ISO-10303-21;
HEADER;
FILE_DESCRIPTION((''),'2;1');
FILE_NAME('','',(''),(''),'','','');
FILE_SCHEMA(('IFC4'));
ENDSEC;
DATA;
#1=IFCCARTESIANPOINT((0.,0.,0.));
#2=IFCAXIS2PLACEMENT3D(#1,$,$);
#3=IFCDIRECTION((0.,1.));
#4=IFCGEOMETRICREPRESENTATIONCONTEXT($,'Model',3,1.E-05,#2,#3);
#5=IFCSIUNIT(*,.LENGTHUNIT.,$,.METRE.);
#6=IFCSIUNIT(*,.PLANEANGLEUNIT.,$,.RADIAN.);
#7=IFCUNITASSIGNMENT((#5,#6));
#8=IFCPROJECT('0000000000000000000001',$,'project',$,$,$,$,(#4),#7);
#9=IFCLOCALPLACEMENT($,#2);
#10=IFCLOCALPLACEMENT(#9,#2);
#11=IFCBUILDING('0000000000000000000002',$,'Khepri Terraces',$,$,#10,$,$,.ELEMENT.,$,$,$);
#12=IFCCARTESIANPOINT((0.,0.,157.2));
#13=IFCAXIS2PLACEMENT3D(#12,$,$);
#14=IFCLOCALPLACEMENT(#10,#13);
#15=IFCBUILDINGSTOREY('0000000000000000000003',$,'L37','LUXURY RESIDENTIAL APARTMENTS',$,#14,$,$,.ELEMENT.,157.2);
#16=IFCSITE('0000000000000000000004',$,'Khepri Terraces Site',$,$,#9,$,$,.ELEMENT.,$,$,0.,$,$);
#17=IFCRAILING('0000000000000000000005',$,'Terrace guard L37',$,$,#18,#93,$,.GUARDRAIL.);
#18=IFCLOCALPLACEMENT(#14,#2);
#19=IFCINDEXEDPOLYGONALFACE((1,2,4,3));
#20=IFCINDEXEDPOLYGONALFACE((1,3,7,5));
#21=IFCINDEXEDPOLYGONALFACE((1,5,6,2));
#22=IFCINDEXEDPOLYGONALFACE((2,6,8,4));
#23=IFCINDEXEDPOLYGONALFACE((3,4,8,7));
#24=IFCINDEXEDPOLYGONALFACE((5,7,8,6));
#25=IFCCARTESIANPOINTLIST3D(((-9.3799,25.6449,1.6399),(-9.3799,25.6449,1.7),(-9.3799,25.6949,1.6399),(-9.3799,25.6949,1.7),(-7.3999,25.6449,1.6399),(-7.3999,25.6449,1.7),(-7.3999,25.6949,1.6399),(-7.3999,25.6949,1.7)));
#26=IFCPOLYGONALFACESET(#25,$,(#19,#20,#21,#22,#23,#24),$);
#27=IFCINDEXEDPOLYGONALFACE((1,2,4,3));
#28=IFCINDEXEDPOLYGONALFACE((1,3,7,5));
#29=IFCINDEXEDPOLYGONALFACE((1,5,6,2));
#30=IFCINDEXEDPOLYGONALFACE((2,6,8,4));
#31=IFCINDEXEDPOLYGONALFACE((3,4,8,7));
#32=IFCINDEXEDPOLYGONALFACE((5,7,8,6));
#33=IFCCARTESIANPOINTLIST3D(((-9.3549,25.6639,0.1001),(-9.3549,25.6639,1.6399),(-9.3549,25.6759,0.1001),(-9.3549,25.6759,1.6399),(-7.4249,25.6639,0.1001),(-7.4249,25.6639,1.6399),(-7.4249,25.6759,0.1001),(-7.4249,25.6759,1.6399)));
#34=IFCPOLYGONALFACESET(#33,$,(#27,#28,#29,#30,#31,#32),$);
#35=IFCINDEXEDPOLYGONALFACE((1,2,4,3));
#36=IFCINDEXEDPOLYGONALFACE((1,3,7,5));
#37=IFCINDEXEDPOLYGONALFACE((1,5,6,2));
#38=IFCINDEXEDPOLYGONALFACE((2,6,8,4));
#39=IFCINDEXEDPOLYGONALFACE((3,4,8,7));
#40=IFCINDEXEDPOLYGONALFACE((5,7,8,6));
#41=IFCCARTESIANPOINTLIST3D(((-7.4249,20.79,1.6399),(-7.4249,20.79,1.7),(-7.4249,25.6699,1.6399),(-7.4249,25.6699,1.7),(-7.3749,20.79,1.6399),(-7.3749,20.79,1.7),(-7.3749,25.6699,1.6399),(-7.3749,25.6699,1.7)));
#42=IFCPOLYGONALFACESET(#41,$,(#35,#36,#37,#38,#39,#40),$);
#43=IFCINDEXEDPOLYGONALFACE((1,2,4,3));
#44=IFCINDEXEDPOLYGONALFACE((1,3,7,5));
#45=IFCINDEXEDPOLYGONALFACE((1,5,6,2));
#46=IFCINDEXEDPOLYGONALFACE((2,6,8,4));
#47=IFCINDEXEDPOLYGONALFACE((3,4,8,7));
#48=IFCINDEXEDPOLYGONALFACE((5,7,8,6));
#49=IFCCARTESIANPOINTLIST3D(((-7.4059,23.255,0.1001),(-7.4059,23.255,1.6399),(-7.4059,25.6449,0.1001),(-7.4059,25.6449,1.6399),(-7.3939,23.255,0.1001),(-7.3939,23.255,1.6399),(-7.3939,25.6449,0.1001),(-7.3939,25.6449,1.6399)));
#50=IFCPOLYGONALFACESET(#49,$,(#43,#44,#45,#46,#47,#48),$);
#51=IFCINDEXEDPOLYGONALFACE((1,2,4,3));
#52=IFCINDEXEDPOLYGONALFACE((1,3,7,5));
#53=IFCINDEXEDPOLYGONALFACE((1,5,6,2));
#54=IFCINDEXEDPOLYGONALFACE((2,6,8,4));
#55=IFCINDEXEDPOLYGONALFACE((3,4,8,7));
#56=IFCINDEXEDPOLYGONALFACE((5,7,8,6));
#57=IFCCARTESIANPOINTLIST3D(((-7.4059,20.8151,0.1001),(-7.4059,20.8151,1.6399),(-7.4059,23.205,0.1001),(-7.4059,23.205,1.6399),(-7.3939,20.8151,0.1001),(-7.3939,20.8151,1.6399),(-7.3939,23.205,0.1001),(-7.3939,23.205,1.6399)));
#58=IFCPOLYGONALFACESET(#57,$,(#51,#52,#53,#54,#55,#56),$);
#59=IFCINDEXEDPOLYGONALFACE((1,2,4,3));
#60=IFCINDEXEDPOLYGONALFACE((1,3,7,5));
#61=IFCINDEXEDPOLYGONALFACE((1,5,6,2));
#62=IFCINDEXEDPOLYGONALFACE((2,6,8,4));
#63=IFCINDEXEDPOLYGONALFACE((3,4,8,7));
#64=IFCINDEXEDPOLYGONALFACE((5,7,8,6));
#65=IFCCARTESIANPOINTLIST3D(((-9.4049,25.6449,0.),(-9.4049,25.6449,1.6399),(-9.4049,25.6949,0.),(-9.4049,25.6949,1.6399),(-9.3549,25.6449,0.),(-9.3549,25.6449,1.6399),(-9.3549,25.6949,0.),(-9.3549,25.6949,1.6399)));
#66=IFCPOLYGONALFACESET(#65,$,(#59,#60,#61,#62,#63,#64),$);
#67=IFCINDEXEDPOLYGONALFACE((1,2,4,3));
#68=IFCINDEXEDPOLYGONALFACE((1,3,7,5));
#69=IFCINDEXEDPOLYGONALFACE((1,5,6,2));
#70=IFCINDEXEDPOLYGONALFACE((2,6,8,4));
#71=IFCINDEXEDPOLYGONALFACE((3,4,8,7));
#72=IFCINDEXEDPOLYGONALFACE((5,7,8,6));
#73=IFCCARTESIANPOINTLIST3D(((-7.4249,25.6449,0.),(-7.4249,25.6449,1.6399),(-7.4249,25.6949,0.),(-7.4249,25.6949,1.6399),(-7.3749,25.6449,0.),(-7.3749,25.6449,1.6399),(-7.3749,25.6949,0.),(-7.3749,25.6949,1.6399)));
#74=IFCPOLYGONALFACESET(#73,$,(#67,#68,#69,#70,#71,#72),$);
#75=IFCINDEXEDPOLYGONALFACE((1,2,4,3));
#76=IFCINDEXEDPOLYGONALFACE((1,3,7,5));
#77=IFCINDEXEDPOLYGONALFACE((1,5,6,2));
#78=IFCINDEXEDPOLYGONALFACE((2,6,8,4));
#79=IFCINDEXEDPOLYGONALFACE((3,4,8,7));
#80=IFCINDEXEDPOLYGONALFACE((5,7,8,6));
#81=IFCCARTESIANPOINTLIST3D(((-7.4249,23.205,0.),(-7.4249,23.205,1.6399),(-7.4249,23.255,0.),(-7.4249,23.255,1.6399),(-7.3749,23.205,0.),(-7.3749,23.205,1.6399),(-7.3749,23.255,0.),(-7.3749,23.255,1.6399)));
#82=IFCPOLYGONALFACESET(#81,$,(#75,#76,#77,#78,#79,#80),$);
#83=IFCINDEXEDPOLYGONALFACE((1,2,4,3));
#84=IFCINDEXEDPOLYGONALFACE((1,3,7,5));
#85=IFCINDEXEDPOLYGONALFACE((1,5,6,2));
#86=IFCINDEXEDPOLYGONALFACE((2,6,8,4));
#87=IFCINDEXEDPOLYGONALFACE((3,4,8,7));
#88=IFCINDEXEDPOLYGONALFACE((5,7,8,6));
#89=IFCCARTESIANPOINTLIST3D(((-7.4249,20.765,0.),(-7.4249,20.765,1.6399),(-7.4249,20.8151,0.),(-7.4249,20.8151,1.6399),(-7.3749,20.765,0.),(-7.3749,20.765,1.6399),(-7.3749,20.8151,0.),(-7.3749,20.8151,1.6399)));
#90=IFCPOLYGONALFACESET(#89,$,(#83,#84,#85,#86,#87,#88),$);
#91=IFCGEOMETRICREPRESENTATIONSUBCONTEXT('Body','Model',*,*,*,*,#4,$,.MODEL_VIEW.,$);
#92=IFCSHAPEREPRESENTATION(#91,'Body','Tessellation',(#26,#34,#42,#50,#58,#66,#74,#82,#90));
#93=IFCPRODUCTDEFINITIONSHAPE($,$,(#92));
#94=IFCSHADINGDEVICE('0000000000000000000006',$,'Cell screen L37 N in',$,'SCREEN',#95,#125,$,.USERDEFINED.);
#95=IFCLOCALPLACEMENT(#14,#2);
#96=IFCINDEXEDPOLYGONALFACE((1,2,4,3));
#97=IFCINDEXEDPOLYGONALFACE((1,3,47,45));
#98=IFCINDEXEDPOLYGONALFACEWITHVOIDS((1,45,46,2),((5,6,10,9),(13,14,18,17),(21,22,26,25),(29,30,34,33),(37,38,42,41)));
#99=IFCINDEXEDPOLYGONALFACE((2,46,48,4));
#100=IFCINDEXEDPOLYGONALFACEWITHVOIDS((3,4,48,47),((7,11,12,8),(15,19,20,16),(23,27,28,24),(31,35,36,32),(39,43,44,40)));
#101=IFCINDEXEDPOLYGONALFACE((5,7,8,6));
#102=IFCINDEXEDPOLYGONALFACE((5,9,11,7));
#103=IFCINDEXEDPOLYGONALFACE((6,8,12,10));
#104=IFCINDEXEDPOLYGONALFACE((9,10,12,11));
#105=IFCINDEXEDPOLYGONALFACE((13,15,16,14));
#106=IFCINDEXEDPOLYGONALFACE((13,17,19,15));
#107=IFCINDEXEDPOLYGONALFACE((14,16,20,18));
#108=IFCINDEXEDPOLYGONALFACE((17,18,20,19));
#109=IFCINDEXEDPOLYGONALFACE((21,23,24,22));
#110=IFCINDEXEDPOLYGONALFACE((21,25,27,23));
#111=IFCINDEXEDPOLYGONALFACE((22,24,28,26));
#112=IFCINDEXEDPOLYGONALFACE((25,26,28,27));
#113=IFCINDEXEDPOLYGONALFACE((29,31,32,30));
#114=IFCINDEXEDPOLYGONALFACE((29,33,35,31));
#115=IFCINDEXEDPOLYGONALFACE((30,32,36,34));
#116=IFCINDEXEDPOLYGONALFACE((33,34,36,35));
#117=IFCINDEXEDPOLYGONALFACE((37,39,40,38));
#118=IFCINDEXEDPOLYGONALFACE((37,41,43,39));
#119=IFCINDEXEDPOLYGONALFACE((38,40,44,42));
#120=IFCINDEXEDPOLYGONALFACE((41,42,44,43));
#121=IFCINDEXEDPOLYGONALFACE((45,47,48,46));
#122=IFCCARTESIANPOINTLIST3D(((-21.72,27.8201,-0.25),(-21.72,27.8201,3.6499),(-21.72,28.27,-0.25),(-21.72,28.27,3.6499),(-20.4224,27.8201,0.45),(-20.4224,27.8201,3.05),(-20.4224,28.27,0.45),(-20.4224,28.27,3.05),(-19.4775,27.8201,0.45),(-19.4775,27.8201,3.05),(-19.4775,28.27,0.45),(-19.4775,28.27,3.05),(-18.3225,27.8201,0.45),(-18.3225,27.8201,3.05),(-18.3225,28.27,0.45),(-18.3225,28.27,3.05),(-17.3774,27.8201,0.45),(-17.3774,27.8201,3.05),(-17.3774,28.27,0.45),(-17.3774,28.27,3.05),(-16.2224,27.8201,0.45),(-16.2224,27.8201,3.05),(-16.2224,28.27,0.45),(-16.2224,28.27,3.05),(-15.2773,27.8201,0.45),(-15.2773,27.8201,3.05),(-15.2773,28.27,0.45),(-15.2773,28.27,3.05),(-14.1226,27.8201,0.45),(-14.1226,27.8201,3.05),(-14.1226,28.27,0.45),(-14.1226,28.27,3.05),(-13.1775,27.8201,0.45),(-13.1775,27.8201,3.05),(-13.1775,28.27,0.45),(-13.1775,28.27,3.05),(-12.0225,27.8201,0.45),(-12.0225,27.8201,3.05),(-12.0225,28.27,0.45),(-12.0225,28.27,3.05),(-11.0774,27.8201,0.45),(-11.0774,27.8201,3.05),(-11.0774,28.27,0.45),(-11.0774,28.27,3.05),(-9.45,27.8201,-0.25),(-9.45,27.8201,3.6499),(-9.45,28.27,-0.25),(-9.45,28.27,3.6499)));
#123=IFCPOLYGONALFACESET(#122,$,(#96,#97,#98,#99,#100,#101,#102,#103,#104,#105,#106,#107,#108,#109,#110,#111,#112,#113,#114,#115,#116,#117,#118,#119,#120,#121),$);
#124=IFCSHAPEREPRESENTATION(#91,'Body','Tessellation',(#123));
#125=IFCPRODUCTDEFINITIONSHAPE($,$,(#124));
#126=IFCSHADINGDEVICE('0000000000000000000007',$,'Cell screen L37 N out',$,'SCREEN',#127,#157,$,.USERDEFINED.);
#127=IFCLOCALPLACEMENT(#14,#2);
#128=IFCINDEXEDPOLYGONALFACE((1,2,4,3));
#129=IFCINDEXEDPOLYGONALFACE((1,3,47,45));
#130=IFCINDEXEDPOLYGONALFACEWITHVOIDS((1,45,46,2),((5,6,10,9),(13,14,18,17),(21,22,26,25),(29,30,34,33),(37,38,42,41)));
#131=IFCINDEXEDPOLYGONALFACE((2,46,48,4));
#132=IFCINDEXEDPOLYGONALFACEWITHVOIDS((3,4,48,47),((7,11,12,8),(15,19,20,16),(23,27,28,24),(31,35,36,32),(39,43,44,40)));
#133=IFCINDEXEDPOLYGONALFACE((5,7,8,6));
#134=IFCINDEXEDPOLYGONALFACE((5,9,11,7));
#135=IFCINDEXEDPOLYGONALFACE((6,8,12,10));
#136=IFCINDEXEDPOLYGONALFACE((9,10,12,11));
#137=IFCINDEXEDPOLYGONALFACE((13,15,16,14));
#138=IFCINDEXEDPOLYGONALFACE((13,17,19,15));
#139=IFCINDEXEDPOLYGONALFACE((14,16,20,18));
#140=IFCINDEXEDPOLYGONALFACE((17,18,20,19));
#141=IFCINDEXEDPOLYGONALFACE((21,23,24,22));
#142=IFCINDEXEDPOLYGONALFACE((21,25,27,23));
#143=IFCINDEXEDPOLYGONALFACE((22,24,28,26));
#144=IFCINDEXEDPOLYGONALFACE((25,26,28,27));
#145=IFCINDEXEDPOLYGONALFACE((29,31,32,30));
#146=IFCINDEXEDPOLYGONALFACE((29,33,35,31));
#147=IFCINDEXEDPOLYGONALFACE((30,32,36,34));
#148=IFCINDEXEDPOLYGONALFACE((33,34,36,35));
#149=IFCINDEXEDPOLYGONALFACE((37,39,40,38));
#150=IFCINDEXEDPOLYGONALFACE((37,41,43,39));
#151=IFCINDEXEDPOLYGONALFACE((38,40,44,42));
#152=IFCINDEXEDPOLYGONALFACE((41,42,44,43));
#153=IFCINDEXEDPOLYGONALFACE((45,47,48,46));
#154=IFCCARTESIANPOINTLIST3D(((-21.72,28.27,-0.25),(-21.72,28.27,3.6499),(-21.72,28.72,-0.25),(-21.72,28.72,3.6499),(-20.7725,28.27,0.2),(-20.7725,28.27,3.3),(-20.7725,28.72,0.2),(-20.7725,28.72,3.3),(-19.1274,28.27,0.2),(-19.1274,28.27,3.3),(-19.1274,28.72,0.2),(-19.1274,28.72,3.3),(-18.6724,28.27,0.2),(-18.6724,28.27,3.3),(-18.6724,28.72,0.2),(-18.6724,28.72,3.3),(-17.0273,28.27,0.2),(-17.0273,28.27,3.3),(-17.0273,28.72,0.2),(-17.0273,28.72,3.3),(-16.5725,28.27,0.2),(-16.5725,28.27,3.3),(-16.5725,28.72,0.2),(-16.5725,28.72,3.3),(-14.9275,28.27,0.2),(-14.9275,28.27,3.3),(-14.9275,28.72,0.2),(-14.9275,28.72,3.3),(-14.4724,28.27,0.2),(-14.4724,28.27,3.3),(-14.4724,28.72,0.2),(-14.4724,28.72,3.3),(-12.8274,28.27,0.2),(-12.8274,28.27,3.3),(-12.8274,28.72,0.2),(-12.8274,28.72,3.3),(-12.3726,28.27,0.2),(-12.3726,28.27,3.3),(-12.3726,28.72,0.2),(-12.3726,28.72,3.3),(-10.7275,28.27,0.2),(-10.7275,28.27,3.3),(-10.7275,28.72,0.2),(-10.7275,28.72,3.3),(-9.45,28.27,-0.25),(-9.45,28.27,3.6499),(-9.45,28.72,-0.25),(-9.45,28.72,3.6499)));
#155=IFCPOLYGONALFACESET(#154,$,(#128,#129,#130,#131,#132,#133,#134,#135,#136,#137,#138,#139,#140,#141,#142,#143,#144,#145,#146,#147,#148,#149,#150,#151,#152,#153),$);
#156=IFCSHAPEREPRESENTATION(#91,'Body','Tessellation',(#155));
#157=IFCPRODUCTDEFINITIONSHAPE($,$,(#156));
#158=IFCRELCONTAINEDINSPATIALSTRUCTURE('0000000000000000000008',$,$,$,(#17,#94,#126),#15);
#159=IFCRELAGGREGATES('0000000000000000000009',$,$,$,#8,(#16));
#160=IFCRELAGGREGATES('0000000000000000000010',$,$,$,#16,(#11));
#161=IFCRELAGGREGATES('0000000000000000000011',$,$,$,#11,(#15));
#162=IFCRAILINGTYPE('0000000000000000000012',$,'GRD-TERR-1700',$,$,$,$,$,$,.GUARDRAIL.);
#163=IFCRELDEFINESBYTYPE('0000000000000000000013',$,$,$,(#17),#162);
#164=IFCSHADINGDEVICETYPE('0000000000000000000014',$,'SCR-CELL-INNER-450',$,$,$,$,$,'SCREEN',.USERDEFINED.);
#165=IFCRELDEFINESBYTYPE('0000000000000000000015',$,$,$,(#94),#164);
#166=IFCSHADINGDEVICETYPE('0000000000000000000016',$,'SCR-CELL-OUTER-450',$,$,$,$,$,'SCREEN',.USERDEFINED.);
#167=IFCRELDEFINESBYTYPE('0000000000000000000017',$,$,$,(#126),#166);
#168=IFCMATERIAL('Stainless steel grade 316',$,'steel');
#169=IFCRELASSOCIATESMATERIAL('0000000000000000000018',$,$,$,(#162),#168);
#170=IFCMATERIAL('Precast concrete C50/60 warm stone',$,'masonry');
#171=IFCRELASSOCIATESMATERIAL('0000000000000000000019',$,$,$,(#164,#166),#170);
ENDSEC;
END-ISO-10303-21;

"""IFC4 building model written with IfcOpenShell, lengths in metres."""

from ifc_helpers import new_model, si_unit, direction, frame, origin, origin_2d, place, context, subcontext, project, spatial, polyline, rectangle, outline, extrude, material, type_object, element, save


model = new_model("IFC4")

# Units and contexts
model_context = context("Model", 3, precision=1e-05, world=origin(), true_north=direction((0.0, 1.0)))
body_context = subcontext(model_context, "Body", "Model", "MODEL_VIEW")
ifc_project = project(units=[si_unit("LENGTHUNIT", "METRE"), si_unit("PLANEANGLEUNIT", "RADIAN")], contexts=[model_context])

# Site, building, storey
site_placement = place(None, origin())
site = spatial("IfcSite", under=ifc_project, at=site_placement, Name="Khepri Terraces Site", CompositionType="ELEMENT", RefElevation=0.0)
building_placement = place(site_placement, origin())
building = spatial("IfcBuilding", under=site, at=building_placement, Name="Khepri Terraces", CompositionType="ELEMENT")
storey_placement = place(building_placement, frame((0.0, 0.0, 157.2)))
storey = spatial("IfcBuildingStorey", under=building, at=storey_placement, Name="L37", Description="LUXURY RESIDENTIAL APARTMENTS", CompositionType="ELEMENT", Elevation=157.2)

# Shared definitions
ifc_material_1 = material(Name="Precast concrete C50/60 warm stone", Category="masonry")

# Railing
ifc_material_2 = material(Name="Stainless steel grade 316", Category="steel")
railing_type_1 = type_object("IfcRailingType", Name="GRD-TERR-1700", PredefinedType="GUARDRAIL", material=ifc_material_2)
railing_1_placement = place(storey_placement, frame((-9.3799, 25.6699, 0.0)))
element("IfcRailing", 1, at=railing_1_placement, inside=storey, type_object=railing_type_1, Name="Terrace guard L37", PredefinedType="GUARDRAIL", context=body_context, shape_type="SweptSolid", body=[
    extrude(rectangle(XDim=0.05, YDim=0.0601, at=origin_2d()), frame((0.0, 0.0, 1.6699), z_axis=(1.0, 0.0, 0.0), x_axis=(0.0, 1.0, 0.0)), (0.0, 0.0, 1.0), 1.98),
    extrude(rectangle(XDim=1.9299, YDim=0.012, at=origin_2d()), frame((0.99, 0.0, 0.1001), z_axis=(0.0, 0.0, 1.0), x_axis=(1.0, 0.0, 0.0)), (0.0, 0.0, 1.0), 1.5398),
    extrude(rectangle(XDim=0.05, YDim=0.0601, at=origin_2d()), frame((1.98, 0.0, 1.6699), z_axis=(0.0, -1.0, 0.0), x_axis=(1.0, 0.0, 0.0)), (0.0, 0.0, 1.0), 4.8799),
    extrude(rectangle(XDim=2.3899, YDim=0.012, at=origin_2d()), frame((1.98, -1.22, 0.1001), z_axis=(0.0, 0.0, 1.0), x_axis=(0.0, -1.0, 0.0)), (0.0, 0.0, 1.0), 1.5398),
    extrude(rectangle(XDim=2.3899, YDim=0.012, at=origin_2d()), frame((1.98, -3.6599, 0.1001), z_axis=(0.0, 0.0, 1.0), x_axis=(0.0, -1.0, 0.0)), (0.0, 0.0, 1.0), 1.5398),
    extrude(rectangle(XDim=0.05, YDim=0.05, at=origin_2d()), origin(), (0.0, 0.0, 1.0), 1.6399),
    extrude(rectangle(XDim=0.05, YDim=0.05, at=origin_2d()), frame((1.98, 0.0, 0.0)), (0.0, 0.0, 1.0), 1.6399),
    extrude(rectangle(XDim=0.05, YDim=0.05, at=origin_2d()), frame((1.98, -2.4399, 0.0)), (0.0, 0.0, 1.0), 1.6399),
    extrude(rectangle(XDim=0.05, YDim=0.05, at=origin_2d()), frame((1.98, -4.8799, 0.0)), (0.0, 0.0, 1.0), 1.6399),
])

# Shading devices
shading_device_type_1 = type_object("IfcShadingDeviceType", Name="SCR-CELL-INNER-450", ElementType="SCREEN", PredefinedType="USERDEFINED", material=ifc_material_1)
shading_device_1_placement = place(storey_placement, frame((-9.45, 27.8201, -0.25), z_axis=(0.0, 1.0, 0.0), x_axis=(-1.0, 0.0, 0.0)))
element("IfcShadingDevice", 2, at=shading_device_1_placement, inside=storey, type_object=shading_device_type_1, Name="Cell screen L37 N in", ObjectType="SCREEN", PredefinedType="USERDEFINED", context=body_context, shape_type="SweptSolid", body=[
    extrude(outline(polyline([(0.0, 0.0), (12.27, 0.0), (12.27, 3.8999), (0.0, 3.8999), (0.0, 0.0)]), holes=[polyline([(1.6274, 0.7), (2.5725, 0.7), (2.5725, 3.3), (1.6274, 3.3), (1.6274, 0.7)]), polyline([(3.7275, 0.7), (4.6726, 0.7), (4.6726, 3.3), (3.7275, 3.3), (3.7275, 0.7)]), polyline([(5.8274, 0.7), (6.7725, 0.7), (6.7725, 3.3), (5.8274, 3.3), (5.8274, 0.7)]), polyline([(7.9275, 0.7), (8.8726, 0.7), (8.8726, 3.3), (7.9275, 3.3), (7.9275, 0.7)]), polyline([(10.0276, 0.7), (10.9724, 0.7), (10.9724, 3.3), (10.0276, 3.3), (10.0276, 0.7)])]), origin(), (0.0, 0.0, 1.0), 0.45),
])
shading_device_type_2 = type_object("IfcShadingDeviceType", Name="SCR-CELL-OUTER-450", ElementType="SCREEN", PredefinedType="USERDEFINED", material=ifc_material_1)
shading_device_2_placement = place(storey_placement, frame((-9.45, 28.27, -0.25), z_axis=(0.0, 1.0, 0.0), x_axis=(-1.0, 0.0, 0.0)))
element("IfcShadingDevice", 3, at=shading_device_2_placement, inside=storey, type_object=shading_device_type_2, Name="Cell screen L37 N out", ObjectType="SCREEN", PredefinedType="USERDEFINED", context=body_context, shape_type="SweptSolid", body=[
    extrude(outline(polyline([(0.0, 0.0), (12.27, 0.0), (12.27, 3.8999), (0.0, 3.8999), (0.0, 0.0)]), holes=[polyline([(1.2776, 0.45), (2.9226, 0.45), (2.9226, 3.55), (1.2776, 3.55), (1.2776, 0.45)]), polyline([(3.3774, 0.45), (5.0225, 0.45), (5.0225, 3.55), (3.3774, 3.55), (3.3774, 0.45)]), polyline([(5.4775, 0.45), (7.1226, 0.45), (7.1226, 3.55), (5.4775, 3.55), (5.4775, 0.45)]), polyline([(7.5774, 0.45), (9.2224, 0.45), (9.2224, 3.55), (7.5774, 3.55), (7.5774, 0.45)]), polyline([(9.6775, 0.45), (11.3225, 0.45), (11.3225, 3.55), (9.6775, 3.55), (9.6775, 0.45)])]), origin(), (0.0, 0.0, 1.0), 0.45),
])

save(model, "model.ifc")
